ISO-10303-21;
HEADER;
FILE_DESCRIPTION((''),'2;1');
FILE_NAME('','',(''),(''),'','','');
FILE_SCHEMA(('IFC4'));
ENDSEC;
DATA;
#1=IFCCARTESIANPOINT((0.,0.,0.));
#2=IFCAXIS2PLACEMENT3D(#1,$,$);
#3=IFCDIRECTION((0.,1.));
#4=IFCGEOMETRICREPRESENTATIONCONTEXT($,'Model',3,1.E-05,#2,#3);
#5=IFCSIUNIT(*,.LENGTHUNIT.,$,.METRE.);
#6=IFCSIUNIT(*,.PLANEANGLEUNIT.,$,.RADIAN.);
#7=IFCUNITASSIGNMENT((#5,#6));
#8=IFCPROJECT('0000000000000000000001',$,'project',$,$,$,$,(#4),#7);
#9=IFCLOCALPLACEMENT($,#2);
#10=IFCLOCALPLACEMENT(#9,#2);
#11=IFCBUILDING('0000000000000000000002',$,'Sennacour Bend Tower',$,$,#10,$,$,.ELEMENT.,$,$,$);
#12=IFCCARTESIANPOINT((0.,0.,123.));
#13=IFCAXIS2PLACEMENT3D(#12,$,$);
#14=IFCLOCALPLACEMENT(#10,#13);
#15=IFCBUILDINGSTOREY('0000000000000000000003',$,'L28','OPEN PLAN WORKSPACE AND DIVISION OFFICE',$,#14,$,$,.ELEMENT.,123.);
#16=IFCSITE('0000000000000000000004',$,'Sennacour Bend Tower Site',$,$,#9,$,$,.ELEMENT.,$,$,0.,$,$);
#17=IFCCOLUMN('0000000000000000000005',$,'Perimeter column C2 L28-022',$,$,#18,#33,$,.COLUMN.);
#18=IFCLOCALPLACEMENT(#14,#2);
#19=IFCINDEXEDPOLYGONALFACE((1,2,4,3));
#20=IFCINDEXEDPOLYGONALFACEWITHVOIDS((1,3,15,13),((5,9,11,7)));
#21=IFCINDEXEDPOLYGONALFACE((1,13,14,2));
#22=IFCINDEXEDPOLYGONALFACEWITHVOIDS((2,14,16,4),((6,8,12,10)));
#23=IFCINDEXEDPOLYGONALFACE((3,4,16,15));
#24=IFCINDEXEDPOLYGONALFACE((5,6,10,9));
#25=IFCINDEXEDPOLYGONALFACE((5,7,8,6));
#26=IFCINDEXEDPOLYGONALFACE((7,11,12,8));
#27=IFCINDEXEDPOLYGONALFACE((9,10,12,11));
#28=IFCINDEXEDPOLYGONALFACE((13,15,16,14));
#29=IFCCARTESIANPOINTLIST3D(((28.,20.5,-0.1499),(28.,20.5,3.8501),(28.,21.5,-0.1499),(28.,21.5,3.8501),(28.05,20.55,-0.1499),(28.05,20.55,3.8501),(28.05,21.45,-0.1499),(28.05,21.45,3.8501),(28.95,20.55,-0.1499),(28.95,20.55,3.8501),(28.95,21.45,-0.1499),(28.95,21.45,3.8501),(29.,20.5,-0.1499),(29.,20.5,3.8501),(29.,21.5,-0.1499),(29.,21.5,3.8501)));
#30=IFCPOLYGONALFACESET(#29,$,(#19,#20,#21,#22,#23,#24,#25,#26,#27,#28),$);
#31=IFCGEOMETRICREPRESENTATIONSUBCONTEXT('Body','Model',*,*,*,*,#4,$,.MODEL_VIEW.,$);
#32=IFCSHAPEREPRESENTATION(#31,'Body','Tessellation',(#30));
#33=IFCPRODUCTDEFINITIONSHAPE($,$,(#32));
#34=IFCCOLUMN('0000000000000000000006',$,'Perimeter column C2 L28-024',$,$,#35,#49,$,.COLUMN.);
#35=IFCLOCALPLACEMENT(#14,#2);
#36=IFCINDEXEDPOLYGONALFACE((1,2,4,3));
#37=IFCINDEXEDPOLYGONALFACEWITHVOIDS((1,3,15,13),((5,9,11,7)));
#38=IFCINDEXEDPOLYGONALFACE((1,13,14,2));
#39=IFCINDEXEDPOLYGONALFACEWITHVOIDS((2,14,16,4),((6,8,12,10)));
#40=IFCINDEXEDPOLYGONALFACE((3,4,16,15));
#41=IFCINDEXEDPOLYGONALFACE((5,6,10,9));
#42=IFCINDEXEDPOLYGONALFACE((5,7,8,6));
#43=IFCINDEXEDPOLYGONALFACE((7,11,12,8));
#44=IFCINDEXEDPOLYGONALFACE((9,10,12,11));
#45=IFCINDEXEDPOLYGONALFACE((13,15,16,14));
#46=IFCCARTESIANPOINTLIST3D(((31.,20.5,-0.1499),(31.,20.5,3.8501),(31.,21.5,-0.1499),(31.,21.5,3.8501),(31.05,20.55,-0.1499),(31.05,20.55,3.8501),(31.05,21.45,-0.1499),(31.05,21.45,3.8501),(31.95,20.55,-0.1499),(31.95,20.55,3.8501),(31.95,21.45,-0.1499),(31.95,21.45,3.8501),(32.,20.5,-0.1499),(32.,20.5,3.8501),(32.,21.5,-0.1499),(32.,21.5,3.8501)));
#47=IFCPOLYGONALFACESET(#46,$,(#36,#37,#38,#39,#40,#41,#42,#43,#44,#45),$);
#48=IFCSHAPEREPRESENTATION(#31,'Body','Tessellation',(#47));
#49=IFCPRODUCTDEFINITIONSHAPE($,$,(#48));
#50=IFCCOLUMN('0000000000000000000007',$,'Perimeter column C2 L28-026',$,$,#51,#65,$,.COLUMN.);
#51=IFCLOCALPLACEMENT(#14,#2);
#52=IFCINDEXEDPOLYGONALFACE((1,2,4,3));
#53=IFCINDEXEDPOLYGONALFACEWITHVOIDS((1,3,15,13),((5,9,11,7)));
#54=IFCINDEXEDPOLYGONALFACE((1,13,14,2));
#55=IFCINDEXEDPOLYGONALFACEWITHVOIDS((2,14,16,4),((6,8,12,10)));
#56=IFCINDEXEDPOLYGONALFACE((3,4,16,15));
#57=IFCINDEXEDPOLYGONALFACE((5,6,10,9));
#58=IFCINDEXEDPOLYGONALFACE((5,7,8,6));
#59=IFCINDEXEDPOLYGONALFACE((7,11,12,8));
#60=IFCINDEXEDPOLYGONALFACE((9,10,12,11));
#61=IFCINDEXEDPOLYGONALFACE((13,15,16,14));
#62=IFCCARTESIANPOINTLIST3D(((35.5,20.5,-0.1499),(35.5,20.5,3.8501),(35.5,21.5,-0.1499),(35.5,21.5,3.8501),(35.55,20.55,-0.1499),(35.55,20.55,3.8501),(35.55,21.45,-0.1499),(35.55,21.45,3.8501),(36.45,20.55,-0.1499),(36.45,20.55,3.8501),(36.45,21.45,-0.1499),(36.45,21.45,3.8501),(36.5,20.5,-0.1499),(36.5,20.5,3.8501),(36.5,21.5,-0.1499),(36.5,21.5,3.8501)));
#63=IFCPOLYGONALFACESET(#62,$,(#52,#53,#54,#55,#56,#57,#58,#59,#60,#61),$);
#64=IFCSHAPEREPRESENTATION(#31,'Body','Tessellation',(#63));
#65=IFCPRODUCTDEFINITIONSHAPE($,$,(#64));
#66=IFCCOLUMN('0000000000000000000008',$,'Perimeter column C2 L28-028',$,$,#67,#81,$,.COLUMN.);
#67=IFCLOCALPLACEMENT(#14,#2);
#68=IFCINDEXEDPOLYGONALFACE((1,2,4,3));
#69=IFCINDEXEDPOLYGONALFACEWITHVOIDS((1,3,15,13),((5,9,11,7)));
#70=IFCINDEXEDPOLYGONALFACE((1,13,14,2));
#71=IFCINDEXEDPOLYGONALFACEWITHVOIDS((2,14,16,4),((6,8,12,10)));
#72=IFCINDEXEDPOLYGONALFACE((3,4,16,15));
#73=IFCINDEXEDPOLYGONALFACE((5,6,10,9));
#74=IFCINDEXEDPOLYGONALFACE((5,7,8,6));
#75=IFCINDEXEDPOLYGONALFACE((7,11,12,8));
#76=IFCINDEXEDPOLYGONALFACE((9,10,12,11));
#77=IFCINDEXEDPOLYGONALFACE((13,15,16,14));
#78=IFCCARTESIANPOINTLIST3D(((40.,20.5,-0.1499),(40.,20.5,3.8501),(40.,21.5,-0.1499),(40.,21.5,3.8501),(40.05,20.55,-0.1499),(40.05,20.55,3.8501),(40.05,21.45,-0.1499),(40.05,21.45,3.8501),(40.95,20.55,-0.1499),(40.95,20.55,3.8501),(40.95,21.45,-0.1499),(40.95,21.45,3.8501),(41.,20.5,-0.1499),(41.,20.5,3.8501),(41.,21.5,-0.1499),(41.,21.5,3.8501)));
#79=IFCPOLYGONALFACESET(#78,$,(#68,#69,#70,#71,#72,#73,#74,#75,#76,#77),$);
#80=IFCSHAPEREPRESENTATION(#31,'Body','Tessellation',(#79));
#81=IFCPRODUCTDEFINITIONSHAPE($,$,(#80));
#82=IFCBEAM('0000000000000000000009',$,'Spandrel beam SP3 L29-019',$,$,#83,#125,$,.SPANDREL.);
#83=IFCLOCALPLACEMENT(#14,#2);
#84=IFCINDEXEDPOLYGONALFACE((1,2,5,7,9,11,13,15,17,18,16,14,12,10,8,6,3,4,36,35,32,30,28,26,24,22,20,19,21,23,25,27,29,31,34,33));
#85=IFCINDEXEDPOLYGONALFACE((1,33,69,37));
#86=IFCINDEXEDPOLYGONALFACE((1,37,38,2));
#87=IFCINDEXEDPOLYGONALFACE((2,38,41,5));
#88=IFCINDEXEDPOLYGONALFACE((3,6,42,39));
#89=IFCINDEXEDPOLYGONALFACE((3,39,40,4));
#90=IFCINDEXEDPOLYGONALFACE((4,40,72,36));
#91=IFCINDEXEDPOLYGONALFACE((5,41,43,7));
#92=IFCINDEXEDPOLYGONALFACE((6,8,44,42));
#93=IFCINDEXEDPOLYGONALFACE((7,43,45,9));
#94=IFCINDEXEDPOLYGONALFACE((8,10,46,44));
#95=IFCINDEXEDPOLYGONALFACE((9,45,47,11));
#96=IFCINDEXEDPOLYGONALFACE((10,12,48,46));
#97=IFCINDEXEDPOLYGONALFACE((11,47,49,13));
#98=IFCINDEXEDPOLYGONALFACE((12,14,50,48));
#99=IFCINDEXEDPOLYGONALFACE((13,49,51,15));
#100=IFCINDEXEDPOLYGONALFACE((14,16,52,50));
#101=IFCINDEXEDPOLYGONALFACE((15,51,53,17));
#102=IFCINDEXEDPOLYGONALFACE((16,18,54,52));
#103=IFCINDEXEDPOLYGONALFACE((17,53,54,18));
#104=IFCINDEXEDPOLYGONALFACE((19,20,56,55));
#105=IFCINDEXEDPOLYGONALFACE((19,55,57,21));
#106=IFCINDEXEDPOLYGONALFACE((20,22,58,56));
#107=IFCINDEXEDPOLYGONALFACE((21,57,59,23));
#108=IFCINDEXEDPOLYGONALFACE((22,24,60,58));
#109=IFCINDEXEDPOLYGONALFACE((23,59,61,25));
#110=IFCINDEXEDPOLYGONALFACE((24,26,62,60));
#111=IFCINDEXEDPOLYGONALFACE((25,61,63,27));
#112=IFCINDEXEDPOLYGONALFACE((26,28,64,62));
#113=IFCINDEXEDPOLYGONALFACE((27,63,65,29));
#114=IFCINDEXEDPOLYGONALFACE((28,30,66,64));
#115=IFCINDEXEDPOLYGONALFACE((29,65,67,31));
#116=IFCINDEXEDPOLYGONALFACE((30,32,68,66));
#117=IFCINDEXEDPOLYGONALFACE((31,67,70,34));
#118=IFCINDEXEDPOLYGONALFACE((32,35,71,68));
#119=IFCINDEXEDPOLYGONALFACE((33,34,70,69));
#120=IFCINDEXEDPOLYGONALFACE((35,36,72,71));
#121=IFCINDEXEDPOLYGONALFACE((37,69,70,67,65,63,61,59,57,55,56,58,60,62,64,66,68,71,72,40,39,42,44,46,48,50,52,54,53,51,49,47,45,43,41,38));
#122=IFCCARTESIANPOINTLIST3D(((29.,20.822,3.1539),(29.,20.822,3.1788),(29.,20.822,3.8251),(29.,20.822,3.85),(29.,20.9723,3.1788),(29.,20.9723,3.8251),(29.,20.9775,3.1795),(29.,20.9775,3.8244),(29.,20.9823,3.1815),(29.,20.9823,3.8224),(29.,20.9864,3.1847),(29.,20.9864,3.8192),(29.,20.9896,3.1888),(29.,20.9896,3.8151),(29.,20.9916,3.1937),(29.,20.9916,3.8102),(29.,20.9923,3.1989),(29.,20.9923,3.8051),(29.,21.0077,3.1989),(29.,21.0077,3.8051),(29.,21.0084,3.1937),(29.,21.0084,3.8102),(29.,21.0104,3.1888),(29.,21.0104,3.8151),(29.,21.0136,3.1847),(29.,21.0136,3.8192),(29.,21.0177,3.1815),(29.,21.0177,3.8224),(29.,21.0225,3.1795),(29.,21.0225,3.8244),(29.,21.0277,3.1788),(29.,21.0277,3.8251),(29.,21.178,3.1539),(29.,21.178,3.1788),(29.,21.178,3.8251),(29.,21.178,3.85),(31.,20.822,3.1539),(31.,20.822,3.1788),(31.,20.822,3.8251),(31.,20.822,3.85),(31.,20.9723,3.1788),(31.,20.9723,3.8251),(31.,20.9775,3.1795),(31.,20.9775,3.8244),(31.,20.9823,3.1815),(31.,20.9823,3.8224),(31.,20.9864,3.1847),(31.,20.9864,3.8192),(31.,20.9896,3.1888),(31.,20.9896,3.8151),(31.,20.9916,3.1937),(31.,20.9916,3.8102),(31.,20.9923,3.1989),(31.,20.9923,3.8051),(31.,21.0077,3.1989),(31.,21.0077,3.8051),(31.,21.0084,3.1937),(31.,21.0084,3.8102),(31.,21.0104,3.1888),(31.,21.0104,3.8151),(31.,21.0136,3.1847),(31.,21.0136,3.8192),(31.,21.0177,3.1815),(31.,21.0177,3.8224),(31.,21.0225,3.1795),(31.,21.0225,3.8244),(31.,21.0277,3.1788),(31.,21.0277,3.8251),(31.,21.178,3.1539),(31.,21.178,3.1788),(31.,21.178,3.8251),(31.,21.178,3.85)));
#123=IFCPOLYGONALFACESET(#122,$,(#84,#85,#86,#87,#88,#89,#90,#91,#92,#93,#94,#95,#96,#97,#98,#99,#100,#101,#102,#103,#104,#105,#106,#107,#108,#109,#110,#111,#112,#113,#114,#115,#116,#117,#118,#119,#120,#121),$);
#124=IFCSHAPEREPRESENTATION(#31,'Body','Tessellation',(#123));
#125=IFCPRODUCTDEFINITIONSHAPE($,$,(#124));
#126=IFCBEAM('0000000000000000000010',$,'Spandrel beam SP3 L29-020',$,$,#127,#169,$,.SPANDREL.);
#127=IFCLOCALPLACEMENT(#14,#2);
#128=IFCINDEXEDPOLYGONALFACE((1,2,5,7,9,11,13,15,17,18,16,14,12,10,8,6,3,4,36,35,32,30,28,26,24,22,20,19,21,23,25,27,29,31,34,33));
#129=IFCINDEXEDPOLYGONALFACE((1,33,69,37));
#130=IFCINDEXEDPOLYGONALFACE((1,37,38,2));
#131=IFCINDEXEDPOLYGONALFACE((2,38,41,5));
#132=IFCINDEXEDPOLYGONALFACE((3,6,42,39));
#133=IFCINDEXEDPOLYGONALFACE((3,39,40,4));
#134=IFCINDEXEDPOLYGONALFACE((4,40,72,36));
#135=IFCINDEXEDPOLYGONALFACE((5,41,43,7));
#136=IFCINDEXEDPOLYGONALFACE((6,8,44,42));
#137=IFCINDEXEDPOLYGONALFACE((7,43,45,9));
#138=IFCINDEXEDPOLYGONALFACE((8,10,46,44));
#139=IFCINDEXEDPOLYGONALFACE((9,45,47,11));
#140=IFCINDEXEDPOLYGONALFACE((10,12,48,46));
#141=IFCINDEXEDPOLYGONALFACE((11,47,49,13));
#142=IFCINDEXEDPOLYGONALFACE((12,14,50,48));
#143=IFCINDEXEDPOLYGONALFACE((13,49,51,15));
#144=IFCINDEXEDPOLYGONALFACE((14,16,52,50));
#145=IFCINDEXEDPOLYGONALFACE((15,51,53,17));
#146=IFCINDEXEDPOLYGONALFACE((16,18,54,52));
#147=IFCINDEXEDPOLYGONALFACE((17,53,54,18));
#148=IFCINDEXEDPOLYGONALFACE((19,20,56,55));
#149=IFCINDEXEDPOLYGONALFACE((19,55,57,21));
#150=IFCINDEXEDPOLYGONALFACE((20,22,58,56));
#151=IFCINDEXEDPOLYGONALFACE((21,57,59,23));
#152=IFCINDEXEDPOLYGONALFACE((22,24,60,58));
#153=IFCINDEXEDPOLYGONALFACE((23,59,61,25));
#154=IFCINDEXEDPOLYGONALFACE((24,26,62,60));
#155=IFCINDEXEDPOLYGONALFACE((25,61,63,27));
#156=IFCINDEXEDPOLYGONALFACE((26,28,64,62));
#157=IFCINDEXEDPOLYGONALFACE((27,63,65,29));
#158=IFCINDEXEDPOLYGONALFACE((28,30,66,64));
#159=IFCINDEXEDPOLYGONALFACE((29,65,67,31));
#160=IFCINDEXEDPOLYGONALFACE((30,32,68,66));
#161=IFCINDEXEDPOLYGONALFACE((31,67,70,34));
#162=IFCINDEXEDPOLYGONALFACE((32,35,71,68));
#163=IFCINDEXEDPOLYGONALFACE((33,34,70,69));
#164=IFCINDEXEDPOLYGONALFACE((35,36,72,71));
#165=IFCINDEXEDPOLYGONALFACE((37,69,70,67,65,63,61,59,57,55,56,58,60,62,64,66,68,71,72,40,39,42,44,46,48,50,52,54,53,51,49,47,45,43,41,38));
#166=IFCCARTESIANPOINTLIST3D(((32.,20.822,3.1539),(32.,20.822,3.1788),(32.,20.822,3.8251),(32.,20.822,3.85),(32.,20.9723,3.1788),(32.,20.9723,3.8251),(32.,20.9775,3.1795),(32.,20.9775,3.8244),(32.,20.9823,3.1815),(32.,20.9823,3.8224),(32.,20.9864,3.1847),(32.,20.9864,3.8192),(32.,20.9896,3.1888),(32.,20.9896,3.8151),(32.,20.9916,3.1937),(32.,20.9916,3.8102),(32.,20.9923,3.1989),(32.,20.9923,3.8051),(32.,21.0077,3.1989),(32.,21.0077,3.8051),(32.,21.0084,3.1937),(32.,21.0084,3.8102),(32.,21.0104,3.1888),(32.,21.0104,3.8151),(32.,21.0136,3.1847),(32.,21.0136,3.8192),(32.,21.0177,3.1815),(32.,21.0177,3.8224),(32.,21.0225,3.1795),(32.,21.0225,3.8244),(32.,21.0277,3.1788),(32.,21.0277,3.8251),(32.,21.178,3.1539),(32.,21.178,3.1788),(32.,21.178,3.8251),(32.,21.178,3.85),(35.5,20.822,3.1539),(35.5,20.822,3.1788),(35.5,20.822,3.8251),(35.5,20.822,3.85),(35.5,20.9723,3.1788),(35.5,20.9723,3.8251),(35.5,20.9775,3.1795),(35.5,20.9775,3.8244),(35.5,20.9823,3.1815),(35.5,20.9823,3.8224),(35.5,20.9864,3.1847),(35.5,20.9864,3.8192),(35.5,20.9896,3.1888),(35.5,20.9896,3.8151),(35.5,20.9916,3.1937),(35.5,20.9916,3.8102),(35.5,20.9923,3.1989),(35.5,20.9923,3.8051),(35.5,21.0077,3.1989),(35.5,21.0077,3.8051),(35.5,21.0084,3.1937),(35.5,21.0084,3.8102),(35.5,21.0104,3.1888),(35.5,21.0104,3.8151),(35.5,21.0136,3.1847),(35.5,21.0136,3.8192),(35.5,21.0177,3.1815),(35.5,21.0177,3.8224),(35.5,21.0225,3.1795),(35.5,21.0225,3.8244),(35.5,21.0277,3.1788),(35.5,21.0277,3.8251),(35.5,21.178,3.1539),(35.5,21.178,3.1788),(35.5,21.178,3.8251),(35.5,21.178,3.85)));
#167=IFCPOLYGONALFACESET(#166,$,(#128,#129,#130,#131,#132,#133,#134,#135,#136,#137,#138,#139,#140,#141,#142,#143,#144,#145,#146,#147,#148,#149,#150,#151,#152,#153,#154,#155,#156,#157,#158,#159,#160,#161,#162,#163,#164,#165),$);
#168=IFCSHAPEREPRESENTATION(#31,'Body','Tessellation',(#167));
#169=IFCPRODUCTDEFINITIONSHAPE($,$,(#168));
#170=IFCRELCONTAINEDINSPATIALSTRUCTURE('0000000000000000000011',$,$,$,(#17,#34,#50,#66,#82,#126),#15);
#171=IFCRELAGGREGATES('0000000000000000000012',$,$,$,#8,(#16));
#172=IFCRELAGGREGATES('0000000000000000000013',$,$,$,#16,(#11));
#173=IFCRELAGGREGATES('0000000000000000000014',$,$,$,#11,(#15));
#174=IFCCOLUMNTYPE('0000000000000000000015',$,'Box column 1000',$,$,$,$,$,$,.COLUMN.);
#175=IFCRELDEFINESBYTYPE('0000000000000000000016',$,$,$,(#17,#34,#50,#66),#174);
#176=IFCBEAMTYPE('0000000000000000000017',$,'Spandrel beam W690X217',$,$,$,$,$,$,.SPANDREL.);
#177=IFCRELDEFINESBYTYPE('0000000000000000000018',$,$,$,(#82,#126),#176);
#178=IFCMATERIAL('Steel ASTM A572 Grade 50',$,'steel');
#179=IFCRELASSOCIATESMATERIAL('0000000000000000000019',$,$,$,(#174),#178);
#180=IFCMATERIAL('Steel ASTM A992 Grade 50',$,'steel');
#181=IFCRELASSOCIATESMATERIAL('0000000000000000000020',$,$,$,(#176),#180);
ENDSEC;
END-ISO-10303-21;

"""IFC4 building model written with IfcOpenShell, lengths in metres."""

from ifc_helpers import new_model, si_unit, direction, frame, origin, origin_2d, place, context, subcontext, project, spatial, hollow_rectangle, i_section, extrude, material, material_profile, profile_set, type_object, element, save


model = new_model("IFC4")

# Units and contexts
model_context = context("Model", 3, precision=1e-05, world=origin(), true_north=direction((0.0, 1.0)))
body_context = subcontext(model_context, "Body", "Model", "MODEL_VIEW")
ifc_project = project(units=[si_unit("LENGTHUNIT", "METRE"), si_unit("PLANEANGLEUNIT", "RADIAN")], contexts=[model_context])

# Site, building, storey
site_placement = place(None, origin())
site = spatial("IfcSite", under=ifc_project, at=site_placement, Name="Sennacour Bend Tower Site", CompositionType="ELEMENT", RefElevation=0.0)
building_placement = place(site_placement, origin())
building = spatial("IfcBuilding", under=site, at=building_placement, Name="Sennacour Bend Tower", CompositionType="ELEMENT")
storey_placement = place(building_placement, frame((0.0, 0.0, 123.0)))
storey = spatial("IfcBuildingStorey", under=building, at=storey_placement, Name="L28", Description="OPEN PLAN WORKSPACE AND DIVISION OFFICE", CompositionType="ELEMENT", Elevation=123.0)

# Columns
ifc_material_1 = material(Name="Steel ASTM A572 Grade 50", Category="steel")
ifc_material_profile_1 = material_profile(ifc_material_1, hollow_rectangle(XDim=1.0, YDim=1.0, WallThickness=0.05, at=origin_2d()), Name="Steel ASTM A572 Grade 50", Category="steel")
ifc_profile_set_1 = profile_set([ifc_material_profile_1], Name="Steel ASTM A572 Grade 50")
column_type = type_object("IfcColumnType", Name="Box column 1000", PredefinedType="COLUMN", material=ifc_profile_set_1)
for number, where, z_axis, x_axis, name in (
    (1, (28.5, 21.0, -0.1499), (0.0, 0.0, 1.0), (1.0, 0.0, 0.0), "Perimeter column C2 L28-022"),
    (2, (31.5, 21.0, -0.1499), (0.0, 0.0, 1.0), (1.0, 0.0, 0.0), "Perimeter column C2 L28-024"),
    (3, (36.0, 21.0, -0.1499), (0.0, 0.0, 1.0), (1.0, 0.0, 0.0), "Perimeter column C2 L28-026"),
    (4, (40.5, 21.0, -0.1499), (0.0, 0.0, 1.0), (1.0, 0.0, 0.0), "Perimeter column C2 L28-028"),
):
    element("IfcColumn", number, at=place(storey_placement, frame(where, z_axis=z_axis, x_axis=x_axis)), inside=storey, type_object=column_type, Name=name, PredefinedType="COLUMN", context=body_context, shape_type="SweptSolid", body=[
        extrude(hollow_rectangle(XDim=1.0, YDim=1.0, WallThickness=0.05, at=origin_2d()), origin(), (0.0, 0.0, 1.0), 4.0),
    ])

# Beams
ifc_material_2 = material(Name="Steel ASTM A992 Grade 50", Category="steel")
ifc_material_profile_2 = material_profile(ifc_material_2, i_section(OverallWidth=0.356, OverallDepth=0.696, WebThickness=0.0154, FlangeThickness=0.0249, FilletRadius=0.02, at=origin_2d()), Name="Steel ASTM A992 Grade 50", Category="steel")
ifc_profile_set_2 = profile_set([ifc_material_profile_2], Name="Steel ASTM A992 Grade 50")
beam_type = type_object("IfcBeamType", Name="Spandrel beam W690X217", PredefinedType="SPANDREL", material=ifc_profile_set_2)
beam_placement = place(storey_placement, frame((29.0, 21.0, 3.502), z_axis=(1.0, 0.0, 0.0), x_axis=(0.0, 1.0, 0.0)))
element("IfcBeam", 5, at=beam_placement, inside=storey, type_object=beam_type, Name="Spandrel beam SP3 L29-019", PredefinedType="SPANDREL", context=body_context, shape_type="SweptSolid", body=[
    extrude(i_section(OverallWidth=0.356, OverallDepth=0.696, WebThickness=0.0154, FlangeThickness=0.0249, FilletRadius=0.02, at=origin_2d()), origin(), (0.0, 0.0, 1.0), 2.0),
])
for number, where, z_axis, x_axis, name in (
    (6, (32.0, 21.0, 3.502), (1.0, 0.0, 0.0), (0.0, 1.0, 0.0), "Spandrel beam SP3 L29-020"),
):
    element("IfcBeam", number, at=place(storey_placement, frame(where, z_axis=z_axis, x_axis=x_axis)), inside=storey, type_object=beam_type, Name=name, PredefinedType="SPANDREL", context=body_context, shape_type="SweptSolid", body=[
        extrude(i_section(OverallWidth=0.356, OverallDepth=0.696, WebThickness=0.0154, FlangeThickness=0.0249, FilletRadius=0.02, at=origin_2d()), origin(), (0.0, 0.0, 1.0), 3.5),
    ])

save(model, "model.ifc")
